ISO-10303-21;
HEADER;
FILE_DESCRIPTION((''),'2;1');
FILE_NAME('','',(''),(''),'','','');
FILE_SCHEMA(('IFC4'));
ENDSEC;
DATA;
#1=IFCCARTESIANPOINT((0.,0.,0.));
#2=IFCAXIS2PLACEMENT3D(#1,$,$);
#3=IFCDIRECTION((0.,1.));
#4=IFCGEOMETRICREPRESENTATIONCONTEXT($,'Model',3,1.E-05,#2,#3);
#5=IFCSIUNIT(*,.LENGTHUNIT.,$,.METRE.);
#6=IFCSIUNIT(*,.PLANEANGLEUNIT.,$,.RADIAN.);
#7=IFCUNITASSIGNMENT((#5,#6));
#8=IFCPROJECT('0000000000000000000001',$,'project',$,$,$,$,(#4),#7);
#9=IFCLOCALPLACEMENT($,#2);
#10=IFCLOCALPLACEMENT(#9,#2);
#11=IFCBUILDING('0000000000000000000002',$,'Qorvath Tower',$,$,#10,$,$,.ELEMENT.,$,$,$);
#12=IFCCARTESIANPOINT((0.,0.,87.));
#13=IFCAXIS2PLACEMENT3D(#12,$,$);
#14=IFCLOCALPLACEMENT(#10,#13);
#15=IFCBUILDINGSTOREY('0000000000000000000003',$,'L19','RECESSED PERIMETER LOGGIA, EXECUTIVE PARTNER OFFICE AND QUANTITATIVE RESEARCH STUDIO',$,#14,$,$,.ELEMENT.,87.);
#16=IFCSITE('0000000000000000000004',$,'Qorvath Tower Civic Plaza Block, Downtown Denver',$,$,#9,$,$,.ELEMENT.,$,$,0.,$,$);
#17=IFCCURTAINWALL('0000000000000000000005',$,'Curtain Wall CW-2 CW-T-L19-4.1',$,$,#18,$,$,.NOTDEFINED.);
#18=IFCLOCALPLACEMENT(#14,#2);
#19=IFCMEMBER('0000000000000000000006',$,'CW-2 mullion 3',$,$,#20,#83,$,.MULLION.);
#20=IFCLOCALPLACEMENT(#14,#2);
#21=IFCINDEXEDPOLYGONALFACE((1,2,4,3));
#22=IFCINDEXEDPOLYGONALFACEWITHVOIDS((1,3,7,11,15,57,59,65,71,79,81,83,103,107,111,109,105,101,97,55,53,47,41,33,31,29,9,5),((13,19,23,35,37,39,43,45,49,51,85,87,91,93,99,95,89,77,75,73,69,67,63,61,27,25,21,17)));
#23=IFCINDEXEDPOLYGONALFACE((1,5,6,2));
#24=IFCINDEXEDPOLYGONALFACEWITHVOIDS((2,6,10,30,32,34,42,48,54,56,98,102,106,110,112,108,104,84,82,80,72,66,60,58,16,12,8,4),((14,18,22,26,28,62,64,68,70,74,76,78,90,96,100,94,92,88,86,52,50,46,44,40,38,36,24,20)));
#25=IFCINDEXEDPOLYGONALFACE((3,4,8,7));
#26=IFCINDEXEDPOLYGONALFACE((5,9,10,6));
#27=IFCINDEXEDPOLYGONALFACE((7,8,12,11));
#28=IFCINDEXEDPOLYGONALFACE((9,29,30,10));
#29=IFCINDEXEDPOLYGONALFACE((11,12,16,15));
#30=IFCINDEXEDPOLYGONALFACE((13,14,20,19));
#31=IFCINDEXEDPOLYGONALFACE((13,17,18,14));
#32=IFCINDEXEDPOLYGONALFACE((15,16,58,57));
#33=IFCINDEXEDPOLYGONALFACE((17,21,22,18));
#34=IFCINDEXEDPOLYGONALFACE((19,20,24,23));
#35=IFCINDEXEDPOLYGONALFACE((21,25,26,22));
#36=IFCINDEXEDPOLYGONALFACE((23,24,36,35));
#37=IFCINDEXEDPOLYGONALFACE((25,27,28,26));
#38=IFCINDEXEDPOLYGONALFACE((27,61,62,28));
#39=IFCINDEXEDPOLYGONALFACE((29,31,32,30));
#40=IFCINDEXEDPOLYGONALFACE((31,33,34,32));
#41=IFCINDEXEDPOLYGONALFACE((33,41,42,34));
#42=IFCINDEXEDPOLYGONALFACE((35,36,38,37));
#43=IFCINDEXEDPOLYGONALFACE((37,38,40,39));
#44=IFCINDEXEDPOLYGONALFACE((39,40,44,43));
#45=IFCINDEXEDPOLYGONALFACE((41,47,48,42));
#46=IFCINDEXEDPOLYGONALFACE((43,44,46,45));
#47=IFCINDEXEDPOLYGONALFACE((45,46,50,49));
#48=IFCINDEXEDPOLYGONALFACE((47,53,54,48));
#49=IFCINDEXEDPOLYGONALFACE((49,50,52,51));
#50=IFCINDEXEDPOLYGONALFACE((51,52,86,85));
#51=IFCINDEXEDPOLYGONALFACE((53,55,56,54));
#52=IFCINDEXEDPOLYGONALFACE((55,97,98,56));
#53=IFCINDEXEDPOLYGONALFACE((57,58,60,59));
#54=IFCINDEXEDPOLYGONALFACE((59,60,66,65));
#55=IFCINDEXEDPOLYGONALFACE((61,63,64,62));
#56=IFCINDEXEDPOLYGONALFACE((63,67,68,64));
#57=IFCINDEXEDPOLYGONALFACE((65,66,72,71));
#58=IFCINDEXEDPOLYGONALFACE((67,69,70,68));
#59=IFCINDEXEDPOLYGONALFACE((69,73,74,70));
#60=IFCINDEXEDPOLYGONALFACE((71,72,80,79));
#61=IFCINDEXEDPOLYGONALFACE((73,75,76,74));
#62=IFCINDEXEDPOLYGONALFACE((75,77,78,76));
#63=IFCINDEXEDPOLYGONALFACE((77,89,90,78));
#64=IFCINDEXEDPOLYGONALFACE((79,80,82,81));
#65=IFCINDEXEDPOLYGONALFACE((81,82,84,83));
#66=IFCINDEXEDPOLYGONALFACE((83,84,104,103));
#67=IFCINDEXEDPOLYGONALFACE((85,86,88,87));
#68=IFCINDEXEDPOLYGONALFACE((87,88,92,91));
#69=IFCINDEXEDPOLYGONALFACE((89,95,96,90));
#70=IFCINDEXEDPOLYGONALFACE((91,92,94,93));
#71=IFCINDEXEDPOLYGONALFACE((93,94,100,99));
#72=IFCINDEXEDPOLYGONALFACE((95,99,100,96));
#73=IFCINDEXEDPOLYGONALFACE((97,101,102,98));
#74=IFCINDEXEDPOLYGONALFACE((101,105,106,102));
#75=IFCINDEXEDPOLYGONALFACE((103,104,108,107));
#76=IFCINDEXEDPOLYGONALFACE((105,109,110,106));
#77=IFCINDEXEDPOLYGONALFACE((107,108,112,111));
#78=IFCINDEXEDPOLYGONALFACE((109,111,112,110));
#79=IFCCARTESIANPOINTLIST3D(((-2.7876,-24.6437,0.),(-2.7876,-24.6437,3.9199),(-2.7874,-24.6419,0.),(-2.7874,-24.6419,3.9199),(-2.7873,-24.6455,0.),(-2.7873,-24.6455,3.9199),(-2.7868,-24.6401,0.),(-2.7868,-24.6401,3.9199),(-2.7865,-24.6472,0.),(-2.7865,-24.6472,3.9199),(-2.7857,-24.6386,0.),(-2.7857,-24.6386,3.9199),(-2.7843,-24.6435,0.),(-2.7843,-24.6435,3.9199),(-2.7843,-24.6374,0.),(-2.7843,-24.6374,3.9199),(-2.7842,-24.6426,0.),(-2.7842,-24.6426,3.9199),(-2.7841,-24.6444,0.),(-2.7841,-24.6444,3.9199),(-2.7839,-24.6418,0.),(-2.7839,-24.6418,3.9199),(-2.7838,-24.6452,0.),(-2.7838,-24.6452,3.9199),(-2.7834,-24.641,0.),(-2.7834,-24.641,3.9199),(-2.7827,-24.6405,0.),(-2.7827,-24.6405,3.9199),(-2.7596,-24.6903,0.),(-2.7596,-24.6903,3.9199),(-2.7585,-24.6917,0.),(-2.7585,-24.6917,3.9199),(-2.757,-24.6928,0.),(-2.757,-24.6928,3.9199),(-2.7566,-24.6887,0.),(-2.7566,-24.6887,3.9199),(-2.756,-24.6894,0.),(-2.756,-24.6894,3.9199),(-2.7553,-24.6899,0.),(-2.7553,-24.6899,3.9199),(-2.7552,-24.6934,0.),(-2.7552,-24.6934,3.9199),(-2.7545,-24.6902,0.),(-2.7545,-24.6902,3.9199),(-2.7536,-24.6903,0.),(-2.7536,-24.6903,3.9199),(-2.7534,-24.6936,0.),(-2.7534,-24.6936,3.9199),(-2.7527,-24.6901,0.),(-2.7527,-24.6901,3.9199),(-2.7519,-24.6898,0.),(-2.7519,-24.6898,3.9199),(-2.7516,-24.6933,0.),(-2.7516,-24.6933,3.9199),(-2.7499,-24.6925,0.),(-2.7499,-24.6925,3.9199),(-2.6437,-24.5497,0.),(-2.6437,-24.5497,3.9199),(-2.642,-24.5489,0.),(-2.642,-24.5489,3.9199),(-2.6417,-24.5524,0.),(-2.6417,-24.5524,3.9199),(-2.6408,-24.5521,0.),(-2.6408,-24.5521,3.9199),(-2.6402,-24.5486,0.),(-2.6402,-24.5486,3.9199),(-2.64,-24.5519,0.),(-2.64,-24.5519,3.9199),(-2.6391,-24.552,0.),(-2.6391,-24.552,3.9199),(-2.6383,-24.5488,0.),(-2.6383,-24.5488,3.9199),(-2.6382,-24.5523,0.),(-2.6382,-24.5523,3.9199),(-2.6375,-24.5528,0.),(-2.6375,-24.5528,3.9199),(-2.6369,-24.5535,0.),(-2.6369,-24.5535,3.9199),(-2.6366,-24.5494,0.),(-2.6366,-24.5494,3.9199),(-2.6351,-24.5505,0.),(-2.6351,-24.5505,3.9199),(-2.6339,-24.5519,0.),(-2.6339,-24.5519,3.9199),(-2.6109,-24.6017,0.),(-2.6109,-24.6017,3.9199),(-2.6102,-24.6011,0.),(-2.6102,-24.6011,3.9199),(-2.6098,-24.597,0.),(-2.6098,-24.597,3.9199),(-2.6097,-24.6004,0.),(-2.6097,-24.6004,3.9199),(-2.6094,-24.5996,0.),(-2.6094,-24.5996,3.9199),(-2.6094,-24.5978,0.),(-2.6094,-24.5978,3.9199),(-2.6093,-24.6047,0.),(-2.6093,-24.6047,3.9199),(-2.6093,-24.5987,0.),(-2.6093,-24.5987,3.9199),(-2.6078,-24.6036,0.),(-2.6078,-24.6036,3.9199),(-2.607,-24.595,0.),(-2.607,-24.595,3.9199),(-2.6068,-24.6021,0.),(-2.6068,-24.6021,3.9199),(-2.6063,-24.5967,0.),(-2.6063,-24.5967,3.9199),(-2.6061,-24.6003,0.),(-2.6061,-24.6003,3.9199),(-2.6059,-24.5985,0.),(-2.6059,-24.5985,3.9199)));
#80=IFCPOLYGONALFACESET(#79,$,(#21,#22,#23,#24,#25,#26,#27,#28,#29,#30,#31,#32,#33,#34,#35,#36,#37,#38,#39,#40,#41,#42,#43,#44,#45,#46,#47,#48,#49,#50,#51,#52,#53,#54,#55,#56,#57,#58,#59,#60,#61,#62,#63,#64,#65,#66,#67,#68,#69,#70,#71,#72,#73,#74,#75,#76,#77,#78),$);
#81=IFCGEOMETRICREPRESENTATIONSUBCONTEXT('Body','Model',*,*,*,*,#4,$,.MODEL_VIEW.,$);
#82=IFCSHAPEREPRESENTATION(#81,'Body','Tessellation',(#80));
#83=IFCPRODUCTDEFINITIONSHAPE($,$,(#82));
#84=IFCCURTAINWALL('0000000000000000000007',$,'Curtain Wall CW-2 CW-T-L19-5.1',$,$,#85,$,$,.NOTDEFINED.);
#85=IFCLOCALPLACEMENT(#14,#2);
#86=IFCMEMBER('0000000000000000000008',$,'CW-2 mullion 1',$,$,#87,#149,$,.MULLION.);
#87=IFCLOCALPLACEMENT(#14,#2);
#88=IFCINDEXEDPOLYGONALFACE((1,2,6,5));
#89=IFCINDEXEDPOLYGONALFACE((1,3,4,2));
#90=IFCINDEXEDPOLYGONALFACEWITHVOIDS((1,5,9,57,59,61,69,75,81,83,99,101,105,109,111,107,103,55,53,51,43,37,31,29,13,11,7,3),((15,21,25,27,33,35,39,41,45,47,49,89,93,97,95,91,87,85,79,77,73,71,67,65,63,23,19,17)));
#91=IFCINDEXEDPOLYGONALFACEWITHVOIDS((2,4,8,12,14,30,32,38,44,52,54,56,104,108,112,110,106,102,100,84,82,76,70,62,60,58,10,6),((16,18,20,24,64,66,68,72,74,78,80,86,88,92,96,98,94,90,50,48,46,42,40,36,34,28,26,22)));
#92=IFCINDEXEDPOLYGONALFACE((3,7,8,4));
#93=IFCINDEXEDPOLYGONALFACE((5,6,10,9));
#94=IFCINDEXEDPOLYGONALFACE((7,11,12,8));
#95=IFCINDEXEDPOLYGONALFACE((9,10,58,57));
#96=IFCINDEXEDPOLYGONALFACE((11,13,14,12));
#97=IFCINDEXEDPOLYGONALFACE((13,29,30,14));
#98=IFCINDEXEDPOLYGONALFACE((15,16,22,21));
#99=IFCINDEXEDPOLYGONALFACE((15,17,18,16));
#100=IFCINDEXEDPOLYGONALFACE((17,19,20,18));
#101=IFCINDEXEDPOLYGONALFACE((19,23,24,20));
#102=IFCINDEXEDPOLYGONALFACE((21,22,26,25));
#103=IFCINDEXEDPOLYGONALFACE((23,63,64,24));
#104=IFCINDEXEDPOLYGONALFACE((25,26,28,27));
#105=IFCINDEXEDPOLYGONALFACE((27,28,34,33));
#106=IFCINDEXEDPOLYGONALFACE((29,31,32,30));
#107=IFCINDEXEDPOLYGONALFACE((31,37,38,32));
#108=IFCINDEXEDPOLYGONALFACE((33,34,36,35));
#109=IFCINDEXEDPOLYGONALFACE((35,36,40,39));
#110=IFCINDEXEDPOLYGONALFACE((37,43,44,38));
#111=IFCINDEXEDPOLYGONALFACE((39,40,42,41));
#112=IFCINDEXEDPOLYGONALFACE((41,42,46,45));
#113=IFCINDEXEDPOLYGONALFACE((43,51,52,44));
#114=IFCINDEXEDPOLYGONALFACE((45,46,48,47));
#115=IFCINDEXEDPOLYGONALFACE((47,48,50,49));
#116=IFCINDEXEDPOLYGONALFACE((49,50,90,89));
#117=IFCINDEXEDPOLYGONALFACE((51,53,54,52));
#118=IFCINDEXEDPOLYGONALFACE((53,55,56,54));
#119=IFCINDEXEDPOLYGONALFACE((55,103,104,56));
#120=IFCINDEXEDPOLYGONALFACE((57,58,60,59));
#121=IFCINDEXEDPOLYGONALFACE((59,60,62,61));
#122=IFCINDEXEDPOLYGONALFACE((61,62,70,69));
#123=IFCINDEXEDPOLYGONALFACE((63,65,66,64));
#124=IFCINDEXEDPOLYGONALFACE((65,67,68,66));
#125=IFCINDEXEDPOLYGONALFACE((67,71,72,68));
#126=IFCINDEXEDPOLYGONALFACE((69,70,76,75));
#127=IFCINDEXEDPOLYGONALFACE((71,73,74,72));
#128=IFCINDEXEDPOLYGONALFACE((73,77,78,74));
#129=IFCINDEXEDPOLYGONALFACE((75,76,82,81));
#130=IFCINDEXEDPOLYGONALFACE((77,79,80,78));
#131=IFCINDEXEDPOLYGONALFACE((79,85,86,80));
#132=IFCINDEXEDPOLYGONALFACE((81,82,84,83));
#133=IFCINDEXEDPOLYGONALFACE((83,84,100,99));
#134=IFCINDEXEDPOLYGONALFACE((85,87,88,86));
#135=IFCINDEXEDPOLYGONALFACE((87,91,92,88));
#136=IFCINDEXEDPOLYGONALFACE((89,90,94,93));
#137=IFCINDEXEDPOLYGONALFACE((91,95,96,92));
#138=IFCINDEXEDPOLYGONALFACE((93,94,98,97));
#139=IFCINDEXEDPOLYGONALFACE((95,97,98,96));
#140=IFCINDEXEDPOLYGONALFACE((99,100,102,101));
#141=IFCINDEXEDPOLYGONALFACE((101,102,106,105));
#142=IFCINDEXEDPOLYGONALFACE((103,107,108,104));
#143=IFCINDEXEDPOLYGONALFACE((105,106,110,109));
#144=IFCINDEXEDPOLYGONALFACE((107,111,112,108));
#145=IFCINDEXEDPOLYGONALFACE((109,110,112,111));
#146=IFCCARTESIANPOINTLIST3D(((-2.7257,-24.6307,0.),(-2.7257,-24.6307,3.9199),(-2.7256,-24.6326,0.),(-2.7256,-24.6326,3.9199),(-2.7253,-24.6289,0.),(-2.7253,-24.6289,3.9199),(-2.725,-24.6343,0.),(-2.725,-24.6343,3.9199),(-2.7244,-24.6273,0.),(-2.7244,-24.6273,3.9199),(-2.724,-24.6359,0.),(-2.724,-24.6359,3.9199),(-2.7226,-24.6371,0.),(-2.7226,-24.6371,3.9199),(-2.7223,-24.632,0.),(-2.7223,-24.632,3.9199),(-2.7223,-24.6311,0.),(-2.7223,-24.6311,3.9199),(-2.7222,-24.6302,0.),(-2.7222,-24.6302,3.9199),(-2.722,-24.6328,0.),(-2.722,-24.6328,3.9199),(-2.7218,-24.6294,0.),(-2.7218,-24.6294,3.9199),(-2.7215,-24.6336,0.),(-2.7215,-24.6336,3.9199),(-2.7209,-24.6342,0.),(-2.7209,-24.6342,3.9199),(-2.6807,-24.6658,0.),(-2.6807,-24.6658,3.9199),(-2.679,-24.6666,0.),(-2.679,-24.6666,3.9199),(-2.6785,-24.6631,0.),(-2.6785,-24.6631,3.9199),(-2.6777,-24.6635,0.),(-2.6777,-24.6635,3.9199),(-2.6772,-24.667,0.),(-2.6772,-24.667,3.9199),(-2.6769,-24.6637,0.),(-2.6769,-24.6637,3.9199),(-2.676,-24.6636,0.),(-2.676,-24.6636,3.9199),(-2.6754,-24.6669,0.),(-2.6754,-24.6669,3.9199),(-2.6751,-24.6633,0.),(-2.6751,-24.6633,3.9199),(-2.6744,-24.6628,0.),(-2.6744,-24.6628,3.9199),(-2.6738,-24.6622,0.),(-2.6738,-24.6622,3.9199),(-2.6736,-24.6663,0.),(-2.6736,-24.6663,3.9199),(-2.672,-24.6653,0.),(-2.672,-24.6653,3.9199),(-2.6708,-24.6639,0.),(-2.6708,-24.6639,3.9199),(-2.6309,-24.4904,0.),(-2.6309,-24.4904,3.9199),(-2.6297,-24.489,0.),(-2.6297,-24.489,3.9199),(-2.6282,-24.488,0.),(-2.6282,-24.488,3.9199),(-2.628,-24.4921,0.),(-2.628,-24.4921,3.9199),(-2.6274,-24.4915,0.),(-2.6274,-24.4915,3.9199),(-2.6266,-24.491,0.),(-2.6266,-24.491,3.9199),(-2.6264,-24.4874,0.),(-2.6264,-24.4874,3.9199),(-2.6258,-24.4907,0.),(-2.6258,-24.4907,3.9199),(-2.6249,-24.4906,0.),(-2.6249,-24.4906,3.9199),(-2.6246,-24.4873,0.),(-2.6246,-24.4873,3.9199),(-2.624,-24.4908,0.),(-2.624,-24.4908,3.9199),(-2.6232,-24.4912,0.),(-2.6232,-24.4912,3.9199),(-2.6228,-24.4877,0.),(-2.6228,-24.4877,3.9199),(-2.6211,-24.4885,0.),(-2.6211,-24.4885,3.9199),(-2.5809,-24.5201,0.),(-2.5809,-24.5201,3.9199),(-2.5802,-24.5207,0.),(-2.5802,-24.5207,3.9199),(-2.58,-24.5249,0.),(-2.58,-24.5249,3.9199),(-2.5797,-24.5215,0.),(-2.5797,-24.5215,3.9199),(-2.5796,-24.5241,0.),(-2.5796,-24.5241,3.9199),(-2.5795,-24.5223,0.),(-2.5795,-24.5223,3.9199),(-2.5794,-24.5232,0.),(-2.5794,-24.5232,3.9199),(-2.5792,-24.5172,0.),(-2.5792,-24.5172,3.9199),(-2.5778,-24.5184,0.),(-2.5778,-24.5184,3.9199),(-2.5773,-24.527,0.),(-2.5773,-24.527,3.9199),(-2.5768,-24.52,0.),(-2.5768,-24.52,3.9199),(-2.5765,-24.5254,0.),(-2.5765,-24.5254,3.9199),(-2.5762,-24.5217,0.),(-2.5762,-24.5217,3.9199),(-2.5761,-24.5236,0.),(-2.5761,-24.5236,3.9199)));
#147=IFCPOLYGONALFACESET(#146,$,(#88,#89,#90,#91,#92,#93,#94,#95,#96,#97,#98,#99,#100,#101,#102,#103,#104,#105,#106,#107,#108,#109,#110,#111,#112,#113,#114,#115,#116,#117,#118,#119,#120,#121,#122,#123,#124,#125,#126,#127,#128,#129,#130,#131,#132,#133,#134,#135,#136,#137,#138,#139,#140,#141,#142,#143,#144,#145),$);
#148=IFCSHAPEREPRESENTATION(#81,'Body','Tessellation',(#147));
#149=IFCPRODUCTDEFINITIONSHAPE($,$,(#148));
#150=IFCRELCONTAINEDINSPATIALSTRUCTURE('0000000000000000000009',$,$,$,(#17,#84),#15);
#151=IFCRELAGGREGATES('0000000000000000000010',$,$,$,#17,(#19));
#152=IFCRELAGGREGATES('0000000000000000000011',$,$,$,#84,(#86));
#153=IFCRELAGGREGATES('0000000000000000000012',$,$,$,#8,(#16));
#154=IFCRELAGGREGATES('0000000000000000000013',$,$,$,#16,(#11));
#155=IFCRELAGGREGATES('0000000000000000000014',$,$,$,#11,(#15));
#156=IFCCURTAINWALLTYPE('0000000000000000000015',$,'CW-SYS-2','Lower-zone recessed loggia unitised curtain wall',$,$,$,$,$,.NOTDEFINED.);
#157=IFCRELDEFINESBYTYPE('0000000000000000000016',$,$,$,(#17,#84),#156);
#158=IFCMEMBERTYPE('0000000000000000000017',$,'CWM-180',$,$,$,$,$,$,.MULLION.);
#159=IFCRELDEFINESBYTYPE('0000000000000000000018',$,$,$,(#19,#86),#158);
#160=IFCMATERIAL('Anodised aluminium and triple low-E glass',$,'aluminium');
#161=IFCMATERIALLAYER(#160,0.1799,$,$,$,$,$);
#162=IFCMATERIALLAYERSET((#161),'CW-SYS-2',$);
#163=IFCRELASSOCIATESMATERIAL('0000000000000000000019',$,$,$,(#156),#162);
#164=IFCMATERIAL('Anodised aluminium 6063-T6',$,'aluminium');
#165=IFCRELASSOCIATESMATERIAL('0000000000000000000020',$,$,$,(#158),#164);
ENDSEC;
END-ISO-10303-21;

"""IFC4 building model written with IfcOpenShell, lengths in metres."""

from ifc_helpers import new_model, si_unit, direction, frame, origin, origin_2d, place, context, subcontext, project, spatial, hollow_rectangle, extrude, material, layer, layer_set, material_profile, profile_set, type_object, element, aggregate, save


model = new_model("IFC4")

# Units and contexts
model_context = context("Model", 3, precision=1e-05, world=origin(), true_north=direction((0.0, 1.0)))
body_context = subcontext(model_context, "Body", "Model", "MODEL_VIEW")
ifc_project = project(units=[si_unit("LENGTHUNIT", "METRE"), si_unit("PLANEANGLEUNIT", "RADIAN")], contexts=[model_context])

# Site, building, storey
site_placement = place(None, origin())
site = spatial("IfcSite", under=ifc_project, at=site_placement, Name="Qorvath Tower Civic Plaza Block, Downtown Denver", CompositionType="ELEMENT", RefElevation=0.0)
building_placement = place(site_placement, origin())
building = spatial("IfcBuilding", under=site, at=building_placement, Name="Qorvath Tower", CompositionType="ELEMENT")
storey_placement = place(building_placement, frame((0.0, 0.0, 87.0)))
storey = spatial("IfcBuildingStorey", under=building, at=storey_placement, Name="L19", Description="RECESSED PERIMETER LOGGIA, EXECUTIVE PARTNER OFFICE AND QUANTITATIVE RESEARCH STUDIO", CompositionType="ELEMENT", Elevation=87.0)

# Curtain wall, member
ifc_material_1 = material(Name="Anodised aluminium and triple low-E glass", Category="aluminium")
ifc_layer_1 = layer(ifc_material_1, 0.1799)
ifc_layer_set_1 = layer_set([ifc_layer_1], Name="CW-SYS-2")
curtain_wall_type = type_object("IfcCurtainWallType", Name="CW-SYS-2", Description="Lower-zone recessed loggia unitised curtain wall", PredefinedType="NOTDEFINED", material=ifc_layer_set_1)
curtain_wall_1_placement = place(storey_placement, origin())
curtain_wall_1 = element("IfcCurtainWall", 1, at=curtain_wall_1_placement, inside=storey, type_object=curtain_wall_type, Name="Curtain Wall CW-2 CW-T-L19-4.1", PredefinedType="NOTDEFINED")
ifc_material_2 = material(Name="Anodised aluminium 6063-T6", Category="aluminium")
ifc_material_profile_1 = material_profile(ifc_material_2, hollow_rectangle(XDim=0.0649, YDim=0.1799, WallThickness=0.0034, InnerFilletRadius=0.0034, OuterFilletRadius=0.0071, at=origin_2d()), Name="CWM 180x65")
ifc_profile_set_1 = profile_set([ifc_material_profile_1], Name="Anodised aluminium 6063-T6")
member_type_1 = type_object("IfcMemberType", Name="CWM-180", PredefinedType="MULLION", material=ifc_profile_set_1)
member_1_placement = place(storey_placement, frame((-2.6968, -24.6211, 0.0), z_axis=(0.0, 0.0, 1.0), x_axis=(-0.529625, 0.848232, 0.0)))
member_1 = element("IfcMember", 2, at=member_1_placement, type_object=member_type_1, Name="CW-2 mullion 3", PredefinedType="MULLION", context=body_context, shape_type="SweptSolid", body=[
    extrude(hollow_rectangle(XDim=0.0649, YDim=0.1799, WallThickness=0.0034, InnerFilletRadius=0.0034, OuterFilletRadius=0.0071, at=origin_2d()), origin(), (0.0, 0.0, 1.0), 3.9199),
])

# Curtain wall, member
curtain_wall_2_placement = place(storey_placement, origin())
curtain_wall_2 = element("IfcCurtainWall", 3, at=curtain_wall_2_placement, inside=storey, type_object=curtain_wall_type, Name="Curtain Wall CW-2 CW-T-L19-5.1", PredefinedType="NOTDEFINED")
member_2_placement = place(storey_placement, frame((-2.6509, -24.5771, 0.0), z_axis=(0.0, 0.0, 1.0), x_axis=(-0.82575, 0.564036, 0.0)))
member_2 = element("IfcMember", 4, at=member_2_placement, type_object=member_type_1, Name="CW-2 mullion 1", PredefinedType="MULLION", context=body_context, shape_type="SweptSolid", body=[
    extrude(hollow_rectangle(XDim=0.0649, YDim=0.1799, WallThickness=0.0034, InnerFilletRadius=0.0034, OuterFilletRadius=0.0071, at=origin_2d()), origin(), (0.0, 0.0, 1.0), 3.9199),
])

aggregate(curtain_wall_1, [member_1])
aggregate(curtain_wall_2, [member_2])

save(model, "model.ifc")
